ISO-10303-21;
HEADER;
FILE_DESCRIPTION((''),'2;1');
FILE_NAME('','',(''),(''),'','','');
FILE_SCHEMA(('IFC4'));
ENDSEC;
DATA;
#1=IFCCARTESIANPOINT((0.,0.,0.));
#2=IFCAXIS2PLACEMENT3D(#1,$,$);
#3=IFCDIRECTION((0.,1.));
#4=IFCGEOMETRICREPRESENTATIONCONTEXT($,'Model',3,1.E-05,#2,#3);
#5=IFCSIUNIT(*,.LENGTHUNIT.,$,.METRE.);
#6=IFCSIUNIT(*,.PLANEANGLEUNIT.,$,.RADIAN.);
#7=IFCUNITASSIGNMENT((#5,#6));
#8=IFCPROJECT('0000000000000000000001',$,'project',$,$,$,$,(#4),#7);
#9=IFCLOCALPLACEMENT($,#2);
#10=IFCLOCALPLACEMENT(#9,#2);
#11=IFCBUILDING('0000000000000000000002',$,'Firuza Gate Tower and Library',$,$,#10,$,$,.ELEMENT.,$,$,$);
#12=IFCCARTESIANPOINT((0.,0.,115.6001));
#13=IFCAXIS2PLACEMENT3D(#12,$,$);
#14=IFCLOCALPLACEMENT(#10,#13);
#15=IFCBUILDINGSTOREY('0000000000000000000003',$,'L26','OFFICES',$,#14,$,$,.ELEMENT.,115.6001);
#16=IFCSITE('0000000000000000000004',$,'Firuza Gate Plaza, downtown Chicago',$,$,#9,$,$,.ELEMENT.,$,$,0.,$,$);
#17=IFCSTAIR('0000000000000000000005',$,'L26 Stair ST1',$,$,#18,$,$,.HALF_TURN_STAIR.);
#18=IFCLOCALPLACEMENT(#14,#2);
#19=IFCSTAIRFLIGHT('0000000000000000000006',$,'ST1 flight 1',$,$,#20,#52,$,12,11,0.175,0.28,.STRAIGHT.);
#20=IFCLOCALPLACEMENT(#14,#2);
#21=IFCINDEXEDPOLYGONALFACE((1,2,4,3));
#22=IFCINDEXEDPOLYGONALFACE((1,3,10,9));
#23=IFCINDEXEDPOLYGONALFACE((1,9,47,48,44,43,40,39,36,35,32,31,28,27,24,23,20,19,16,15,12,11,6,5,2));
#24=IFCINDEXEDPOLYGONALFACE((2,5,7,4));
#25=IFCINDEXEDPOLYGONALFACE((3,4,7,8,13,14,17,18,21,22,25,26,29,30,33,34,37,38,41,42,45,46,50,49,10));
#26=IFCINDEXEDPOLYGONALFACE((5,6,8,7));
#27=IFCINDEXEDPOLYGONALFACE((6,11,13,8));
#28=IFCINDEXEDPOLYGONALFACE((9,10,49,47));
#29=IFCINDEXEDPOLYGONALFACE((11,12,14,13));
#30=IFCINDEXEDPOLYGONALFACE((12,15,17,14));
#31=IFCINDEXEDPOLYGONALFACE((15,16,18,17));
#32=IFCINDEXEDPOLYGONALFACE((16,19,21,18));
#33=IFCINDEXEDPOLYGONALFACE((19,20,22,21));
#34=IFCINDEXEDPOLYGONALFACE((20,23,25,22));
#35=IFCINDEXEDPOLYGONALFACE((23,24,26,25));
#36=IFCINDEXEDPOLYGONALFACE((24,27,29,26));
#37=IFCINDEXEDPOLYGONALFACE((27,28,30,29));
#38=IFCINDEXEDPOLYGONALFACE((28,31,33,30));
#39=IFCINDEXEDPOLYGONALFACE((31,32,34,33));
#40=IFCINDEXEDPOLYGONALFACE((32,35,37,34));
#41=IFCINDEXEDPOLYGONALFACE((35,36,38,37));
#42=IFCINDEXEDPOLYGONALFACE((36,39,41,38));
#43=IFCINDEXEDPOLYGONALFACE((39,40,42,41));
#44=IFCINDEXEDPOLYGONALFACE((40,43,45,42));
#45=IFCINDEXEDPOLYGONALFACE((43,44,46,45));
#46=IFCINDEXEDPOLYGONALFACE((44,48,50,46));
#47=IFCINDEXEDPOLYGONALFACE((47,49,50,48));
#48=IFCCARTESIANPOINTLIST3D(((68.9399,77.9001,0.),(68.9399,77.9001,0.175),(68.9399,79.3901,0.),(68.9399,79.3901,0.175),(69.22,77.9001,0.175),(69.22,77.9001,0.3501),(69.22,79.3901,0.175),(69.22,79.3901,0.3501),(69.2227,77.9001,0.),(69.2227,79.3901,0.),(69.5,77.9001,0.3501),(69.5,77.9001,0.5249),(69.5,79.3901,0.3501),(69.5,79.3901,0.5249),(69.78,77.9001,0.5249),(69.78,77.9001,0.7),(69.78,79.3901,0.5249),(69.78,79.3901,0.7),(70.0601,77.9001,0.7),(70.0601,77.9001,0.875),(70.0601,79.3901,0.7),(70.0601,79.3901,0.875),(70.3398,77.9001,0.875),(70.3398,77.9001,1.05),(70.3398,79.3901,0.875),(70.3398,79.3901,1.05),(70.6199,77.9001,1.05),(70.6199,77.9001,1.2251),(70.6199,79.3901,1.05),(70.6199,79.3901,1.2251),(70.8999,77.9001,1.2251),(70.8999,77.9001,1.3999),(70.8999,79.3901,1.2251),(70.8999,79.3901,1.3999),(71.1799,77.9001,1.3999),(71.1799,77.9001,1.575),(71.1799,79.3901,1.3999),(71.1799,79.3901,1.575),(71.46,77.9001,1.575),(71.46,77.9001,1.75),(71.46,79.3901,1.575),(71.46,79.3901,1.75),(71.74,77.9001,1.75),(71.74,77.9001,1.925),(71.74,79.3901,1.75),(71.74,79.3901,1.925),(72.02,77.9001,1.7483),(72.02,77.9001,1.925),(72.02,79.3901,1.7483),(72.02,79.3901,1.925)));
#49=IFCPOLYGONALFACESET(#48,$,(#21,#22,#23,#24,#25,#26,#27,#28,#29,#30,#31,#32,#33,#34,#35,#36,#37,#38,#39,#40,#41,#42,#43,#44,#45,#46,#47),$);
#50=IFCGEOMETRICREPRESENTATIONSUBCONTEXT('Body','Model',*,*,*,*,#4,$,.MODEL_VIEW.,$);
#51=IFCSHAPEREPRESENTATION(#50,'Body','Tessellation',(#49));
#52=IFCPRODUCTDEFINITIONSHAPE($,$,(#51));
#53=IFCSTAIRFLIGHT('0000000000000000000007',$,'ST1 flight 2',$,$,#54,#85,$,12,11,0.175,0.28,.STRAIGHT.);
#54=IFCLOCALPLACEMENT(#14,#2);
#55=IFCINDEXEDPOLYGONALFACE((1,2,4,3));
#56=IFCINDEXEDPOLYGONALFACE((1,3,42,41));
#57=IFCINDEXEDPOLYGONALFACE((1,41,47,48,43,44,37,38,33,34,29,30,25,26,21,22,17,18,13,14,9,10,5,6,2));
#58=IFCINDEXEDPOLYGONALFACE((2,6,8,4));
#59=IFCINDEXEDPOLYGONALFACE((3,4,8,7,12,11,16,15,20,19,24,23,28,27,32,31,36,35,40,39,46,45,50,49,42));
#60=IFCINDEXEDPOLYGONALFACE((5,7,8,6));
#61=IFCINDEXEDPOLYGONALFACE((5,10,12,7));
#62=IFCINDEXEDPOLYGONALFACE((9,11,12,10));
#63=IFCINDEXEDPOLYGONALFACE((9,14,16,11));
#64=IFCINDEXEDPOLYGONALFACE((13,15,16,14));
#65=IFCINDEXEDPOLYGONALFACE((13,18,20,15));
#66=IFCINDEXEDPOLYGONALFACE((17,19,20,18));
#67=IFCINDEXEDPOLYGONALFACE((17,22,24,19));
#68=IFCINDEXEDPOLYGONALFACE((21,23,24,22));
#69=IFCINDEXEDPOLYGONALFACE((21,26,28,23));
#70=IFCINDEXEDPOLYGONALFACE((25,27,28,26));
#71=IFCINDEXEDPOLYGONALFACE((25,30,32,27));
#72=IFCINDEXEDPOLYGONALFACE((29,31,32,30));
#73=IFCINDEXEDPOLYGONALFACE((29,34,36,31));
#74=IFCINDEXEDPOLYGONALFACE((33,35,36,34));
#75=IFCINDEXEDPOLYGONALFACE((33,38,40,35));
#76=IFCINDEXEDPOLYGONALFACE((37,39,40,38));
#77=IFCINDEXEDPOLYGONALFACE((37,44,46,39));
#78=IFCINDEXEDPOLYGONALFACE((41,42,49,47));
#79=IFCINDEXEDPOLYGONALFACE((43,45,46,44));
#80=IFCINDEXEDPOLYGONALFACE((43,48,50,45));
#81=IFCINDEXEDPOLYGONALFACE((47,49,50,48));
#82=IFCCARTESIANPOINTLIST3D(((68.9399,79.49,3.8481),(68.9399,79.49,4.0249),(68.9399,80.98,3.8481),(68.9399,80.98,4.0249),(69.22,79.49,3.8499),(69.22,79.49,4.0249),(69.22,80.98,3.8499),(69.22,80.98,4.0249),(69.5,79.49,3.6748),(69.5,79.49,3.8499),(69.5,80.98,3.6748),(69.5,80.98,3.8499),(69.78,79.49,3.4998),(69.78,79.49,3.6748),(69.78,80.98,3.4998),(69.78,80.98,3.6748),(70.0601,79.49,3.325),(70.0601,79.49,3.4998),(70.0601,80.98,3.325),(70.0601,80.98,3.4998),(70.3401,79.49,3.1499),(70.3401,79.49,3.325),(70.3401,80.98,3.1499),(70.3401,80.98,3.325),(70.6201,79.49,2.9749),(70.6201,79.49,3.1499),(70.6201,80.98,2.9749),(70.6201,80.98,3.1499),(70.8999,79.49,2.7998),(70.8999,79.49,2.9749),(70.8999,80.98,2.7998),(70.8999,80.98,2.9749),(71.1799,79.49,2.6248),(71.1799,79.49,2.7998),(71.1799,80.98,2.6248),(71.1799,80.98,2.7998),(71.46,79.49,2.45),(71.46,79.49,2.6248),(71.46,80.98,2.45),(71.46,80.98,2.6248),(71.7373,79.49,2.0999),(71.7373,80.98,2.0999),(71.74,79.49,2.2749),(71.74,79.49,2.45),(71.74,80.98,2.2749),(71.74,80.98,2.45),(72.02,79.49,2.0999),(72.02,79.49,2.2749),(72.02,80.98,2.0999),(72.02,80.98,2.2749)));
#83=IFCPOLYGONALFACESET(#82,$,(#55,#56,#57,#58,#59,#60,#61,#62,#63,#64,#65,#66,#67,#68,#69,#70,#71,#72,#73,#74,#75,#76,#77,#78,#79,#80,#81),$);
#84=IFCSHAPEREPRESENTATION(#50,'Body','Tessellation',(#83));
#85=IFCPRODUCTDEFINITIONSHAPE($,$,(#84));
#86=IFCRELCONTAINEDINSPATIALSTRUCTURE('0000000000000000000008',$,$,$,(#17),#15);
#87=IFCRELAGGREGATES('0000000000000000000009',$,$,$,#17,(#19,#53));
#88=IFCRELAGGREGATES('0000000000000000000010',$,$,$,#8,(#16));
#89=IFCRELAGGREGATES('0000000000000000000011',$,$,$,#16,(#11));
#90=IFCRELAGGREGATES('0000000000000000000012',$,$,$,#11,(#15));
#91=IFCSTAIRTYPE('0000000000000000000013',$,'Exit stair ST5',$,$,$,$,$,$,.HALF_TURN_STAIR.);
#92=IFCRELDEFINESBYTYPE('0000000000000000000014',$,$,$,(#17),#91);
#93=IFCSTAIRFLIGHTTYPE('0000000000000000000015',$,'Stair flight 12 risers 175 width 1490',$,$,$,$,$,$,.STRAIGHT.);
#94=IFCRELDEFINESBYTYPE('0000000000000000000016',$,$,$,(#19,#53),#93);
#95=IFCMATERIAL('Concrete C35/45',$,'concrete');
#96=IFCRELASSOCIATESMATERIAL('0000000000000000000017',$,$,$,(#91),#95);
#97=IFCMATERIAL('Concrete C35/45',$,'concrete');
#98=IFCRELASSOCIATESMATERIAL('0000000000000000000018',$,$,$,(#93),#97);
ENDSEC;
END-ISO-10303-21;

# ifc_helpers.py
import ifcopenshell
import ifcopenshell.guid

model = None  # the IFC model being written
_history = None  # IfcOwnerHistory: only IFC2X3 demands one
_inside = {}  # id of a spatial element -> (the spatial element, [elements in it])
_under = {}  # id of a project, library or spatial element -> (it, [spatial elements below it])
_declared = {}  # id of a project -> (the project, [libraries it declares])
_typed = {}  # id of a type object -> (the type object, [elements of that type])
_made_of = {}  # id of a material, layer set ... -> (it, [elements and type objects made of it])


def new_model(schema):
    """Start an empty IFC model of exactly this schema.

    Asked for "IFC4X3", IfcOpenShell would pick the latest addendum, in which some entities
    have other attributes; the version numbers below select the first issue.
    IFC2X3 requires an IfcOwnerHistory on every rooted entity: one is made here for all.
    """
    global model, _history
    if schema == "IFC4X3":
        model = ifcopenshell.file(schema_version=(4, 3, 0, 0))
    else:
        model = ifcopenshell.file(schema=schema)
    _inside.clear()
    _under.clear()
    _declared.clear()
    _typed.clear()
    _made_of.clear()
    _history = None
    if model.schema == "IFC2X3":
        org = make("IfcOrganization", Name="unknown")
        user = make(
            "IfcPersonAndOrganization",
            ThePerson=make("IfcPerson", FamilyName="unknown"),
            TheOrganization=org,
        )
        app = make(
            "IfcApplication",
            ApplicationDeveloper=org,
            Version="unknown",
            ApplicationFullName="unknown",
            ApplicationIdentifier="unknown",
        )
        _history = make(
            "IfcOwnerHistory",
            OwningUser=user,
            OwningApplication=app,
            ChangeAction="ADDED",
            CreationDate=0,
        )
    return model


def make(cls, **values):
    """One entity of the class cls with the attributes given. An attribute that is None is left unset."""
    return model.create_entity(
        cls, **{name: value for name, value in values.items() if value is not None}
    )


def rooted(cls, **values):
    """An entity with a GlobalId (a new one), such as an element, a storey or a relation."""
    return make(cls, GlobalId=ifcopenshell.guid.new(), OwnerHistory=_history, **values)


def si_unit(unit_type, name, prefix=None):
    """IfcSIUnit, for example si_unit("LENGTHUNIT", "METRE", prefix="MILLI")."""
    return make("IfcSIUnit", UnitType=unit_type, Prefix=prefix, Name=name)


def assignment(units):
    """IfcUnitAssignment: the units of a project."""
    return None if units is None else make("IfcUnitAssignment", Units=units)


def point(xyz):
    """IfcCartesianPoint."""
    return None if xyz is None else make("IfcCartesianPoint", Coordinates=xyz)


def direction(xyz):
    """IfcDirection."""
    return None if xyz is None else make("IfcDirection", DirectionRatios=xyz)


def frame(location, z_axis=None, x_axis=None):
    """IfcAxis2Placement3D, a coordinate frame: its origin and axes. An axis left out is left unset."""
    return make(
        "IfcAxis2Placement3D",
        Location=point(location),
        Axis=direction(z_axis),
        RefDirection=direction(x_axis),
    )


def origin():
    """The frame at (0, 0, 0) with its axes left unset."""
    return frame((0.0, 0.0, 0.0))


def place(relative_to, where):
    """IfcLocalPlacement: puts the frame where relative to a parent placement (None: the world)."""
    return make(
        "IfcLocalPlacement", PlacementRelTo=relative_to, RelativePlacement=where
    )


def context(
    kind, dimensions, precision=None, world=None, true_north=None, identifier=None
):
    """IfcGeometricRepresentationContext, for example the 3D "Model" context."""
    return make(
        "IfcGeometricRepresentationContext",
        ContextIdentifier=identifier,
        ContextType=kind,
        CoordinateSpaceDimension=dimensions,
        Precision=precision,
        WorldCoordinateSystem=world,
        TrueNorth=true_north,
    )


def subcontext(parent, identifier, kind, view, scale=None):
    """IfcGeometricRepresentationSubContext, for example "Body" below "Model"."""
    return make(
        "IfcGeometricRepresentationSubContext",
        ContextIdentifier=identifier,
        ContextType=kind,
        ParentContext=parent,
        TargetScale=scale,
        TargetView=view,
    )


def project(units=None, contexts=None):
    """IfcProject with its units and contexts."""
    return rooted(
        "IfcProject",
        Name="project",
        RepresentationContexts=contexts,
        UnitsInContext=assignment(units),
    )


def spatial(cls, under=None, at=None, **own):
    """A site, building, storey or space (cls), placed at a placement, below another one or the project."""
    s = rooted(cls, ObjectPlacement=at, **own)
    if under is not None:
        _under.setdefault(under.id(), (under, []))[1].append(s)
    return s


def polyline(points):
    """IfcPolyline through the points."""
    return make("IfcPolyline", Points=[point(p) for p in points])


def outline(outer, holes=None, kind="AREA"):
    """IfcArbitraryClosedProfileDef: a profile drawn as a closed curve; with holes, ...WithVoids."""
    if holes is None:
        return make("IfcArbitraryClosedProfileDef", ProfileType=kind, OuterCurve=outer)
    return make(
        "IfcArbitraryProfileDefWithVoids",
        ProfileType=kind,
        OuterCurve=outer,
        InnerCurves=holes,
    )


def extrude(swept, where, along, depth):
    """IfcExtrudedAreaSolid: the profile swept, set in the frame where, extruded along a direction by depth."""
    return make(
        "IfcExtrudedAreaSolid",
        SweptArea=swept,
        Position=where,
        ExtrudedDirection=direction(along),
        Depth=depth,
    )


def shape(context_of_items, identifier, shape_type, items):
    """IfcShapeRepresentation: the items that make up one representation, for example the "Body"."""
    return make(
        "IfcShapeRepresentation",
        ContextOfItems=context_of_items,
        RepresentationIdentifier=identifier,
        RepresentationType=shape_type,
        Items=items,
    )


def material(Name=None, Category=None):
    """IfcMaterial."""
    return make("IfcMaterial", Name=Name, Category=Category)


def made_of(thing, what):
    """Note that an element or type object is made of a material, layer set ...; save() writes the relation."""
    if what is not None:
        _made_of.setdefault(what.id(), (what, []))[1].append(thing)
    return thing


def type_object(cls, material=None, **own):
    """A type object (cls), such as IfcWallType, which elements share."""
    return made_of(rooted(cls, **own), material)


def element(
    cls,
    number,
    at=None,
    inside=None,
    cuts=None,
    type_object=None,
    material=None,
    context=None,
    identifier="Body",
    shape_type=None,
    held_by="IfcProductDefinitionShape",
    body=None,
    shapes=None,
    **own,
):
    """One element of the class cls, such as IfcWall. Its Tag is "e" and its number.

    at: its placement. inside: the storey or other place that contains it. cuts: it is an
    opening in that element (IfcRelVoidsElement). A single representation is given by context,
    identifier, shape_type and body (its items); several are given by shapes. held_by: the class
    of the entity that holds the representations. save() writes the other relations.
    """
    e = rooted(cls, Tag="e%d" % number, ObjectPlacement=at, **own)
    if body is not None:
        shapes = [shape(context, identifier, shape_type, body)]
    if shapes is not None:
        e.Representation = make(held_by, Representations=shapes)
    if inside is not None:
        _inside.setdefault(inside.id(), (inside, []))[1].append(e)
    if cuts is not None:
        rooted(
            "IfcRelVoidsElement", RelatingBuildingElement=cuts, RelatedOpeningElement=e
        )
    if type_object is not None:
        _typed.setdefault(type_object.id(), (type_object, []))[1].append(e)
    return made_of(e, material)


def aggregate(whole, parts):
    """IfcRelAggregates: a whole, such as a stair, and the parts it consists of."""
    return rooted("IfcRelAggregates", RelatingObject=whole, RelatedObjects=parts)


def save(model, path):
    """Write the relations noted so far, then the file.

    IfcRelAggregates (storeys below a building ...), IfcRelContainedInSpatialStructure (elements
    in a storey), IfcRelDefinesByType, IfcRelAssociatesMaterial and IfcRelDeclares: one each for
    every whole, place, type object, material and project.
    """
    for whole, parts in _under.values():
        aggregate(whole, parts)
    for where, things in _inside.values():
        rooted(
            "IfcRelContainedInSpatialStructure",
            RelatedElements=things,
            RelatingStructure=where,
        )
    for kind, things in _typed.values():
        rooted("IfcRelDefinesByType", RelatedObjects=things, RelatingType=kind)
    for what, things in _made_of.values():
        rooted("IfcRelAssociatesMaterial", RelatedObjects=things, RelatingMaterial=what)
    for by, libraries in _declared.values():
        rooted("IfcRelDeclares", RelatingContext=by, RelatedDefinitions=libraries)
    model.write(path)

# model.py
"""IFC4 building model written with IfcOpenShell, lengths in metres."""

from ifc_helpers import new_model, si_unit, direction, frame, origin, place, context, subcontext, project, spatial, polyline, outline, extrude, material, type_object, element, aggregate, save


model = new_model("IFC4")

# Units and contexts
model_context = context("Model", 3, precision=1e-05, world=origin(), true_north=direction((0.0, 1.0)))
body_context = subcontext(model_context, "Body", "Model", "MODEL_VIEW")
ifc_project = project(units=[si_unit("LENGTHUNIT", "METRE"), si_unit("PLANEANGLEUNIT", "RADIAN")], contexts=[model_context])

# Site, building, storey
site_placement = place(None, origin())
site = spatial("IfcSite", under=ifc_project, at=site_placement, Name="Firuza Gate Plaza, downtown Chicago", CompositionType="ELEMENT", RefElevation=0.0)
building_placement = place(site_placement, origin())
building = spatial("IfcBuilding", under=site, at=building_placement, Name="Firuza Gate Tower and Library", CompositionType="ELEMENT")
storey_placement = place(building_placement, frame((0.0, 0.0, 115.6001)))
storey = spatial("IfcBuildingStorey", under=building, at=storey_placement, Name="L26", Description="OFFICES", CompositionType="ELEMENT", Elevation=115.6001)

# Shared definitions
placement = place(storey_placement, origin())

# Stair, stair flights
ifc_material_1 = material(Name="Concrete C35/45", Category="concrete")
stair_type_1 = type_object("IfcStairType", Name="Exit stair ST5", PredefinedType="HALF_TURN_STAIR", material=ifc_material_1)
stair_1 = element("IfcStair", 1, at=placement, inside=storey, type_object=stair_type_1, Name="L26 Stair ST1", PredefinedType="HALF_TURN_STAIR")
ifc_material_2 = material(Name="Concrete C35/45", Category="concrete")
stair_flight_type_1 = type_object("IfcStairFlightType", Name="Stair flight 12 risers 175 width 1490", PredefinedType="STRAIGHT", material=ifc_material_2)
stair_flight_1_placement = place(storey_placement, frame((68.9399, 78.645, 0.0), z_axis=(0.0, 0.0, 1.0), x_axis=(1.0, 0.0, 0.0)))
stair_flight_1 = element("IfcStairFlight", 2, at=stair_flight_1_placement, type_object=stair_flight_type_1, Name="ST1 flight 1", NumberOfRisers=12, NumberOfTreads=11, PredefinedType="STRAIGHT", RiserHeight=0.175, TreadLength=0.28, context=body_context, shape_type="SweptSolid", body=[
    extrude(outline(polyline([(0.0, 0.0), (0.0, 0.175), (0.28, 0.175), (0.28, 0.3501), (0.5601, 0.3501), (0.5601, 0.5249), (0.8401, 0.5249), (0.8401, 0.7), (1.1201, 0.7), (1.1201, 0.875), (1.3999, 0.875), (1.3999, 1.05), (1.6799, 1.05), (1.6799, 1.2251), (1.96, 1.2251), (1.96, 1.3999), (2.24, 1.3999), (2.24, 1.575), (2.52, 1.575), (2.52, 1.75), (2.8, 1.75), (2.8, 1.925), (3.0801, 1.925), (3.0801, 2.1001), (3.0801, 1.7483), (0.2827, 0.0), (0.0, 0.0)])), frame((0.0, 0.7451, 0.0), z_axis=(0.0, -1.0, 0.0), x_axis=(1.0, 0.0, 0.0)), (0.0, 0.0, 1.0), 1.49),
])
stair_flight_2_placement = place(storey_placement, frame((72.02, 80.2351, 2.0999), z_axis=(0.0, 0.0, 1.0), x_axis=(-1.0, 0.0, 0.0)))
stair_flight_2 = element("IfcStairFlight", 3, at=stair_flight_2_placement, type_object=stair_flight_type_1, Name="ST1 flight 2", NumberOfRisers=12, NumberOfTreads=11, PredefinedType="STRAIGHT", RiserHeight=0.175, TreadLength=0.28, context=body_context, shape_type="SweptSolid", body=[
    extrude(outline(polyline([(0.0, 0.0), (0.0, 0.175), (0.28, 0.175), (0.28, 0.3501), (0.5601, 0.3501), (0.5601, 0.5249), (0.8401, 0.5249), (0.8401, 0.7), (1.1201, 0.7), (1.1201, 0.875), (1.3999, 0.875), (1.3999, 1.05), (1.6799, 1.05), (1.6799, 1.2251), (1.96, 1.2251), (1.96, 1.3999), (2.24, 1.3999), (2.24, 1.575), (2.52, 1.575), (2.52, 1.75), (2.8, 1.75), (2.8, 1.925), (3.0801, 1.925), (3.0801, 2.1001), (3.0801, 1.7483), (0.2827, 0.0), (0.0, 0.0)])), frame((0.0, 0.7451, 0.0), z_axis=(0.0, -1.0, 0.0), x_axis=(1.0, 0.0, 0.0)), (0.0, 0.0, 1.0), 1.49),
])
aggregate(stair_1, [stair_flight_1, stair_flight_2])

save(model, "model.ifc")
